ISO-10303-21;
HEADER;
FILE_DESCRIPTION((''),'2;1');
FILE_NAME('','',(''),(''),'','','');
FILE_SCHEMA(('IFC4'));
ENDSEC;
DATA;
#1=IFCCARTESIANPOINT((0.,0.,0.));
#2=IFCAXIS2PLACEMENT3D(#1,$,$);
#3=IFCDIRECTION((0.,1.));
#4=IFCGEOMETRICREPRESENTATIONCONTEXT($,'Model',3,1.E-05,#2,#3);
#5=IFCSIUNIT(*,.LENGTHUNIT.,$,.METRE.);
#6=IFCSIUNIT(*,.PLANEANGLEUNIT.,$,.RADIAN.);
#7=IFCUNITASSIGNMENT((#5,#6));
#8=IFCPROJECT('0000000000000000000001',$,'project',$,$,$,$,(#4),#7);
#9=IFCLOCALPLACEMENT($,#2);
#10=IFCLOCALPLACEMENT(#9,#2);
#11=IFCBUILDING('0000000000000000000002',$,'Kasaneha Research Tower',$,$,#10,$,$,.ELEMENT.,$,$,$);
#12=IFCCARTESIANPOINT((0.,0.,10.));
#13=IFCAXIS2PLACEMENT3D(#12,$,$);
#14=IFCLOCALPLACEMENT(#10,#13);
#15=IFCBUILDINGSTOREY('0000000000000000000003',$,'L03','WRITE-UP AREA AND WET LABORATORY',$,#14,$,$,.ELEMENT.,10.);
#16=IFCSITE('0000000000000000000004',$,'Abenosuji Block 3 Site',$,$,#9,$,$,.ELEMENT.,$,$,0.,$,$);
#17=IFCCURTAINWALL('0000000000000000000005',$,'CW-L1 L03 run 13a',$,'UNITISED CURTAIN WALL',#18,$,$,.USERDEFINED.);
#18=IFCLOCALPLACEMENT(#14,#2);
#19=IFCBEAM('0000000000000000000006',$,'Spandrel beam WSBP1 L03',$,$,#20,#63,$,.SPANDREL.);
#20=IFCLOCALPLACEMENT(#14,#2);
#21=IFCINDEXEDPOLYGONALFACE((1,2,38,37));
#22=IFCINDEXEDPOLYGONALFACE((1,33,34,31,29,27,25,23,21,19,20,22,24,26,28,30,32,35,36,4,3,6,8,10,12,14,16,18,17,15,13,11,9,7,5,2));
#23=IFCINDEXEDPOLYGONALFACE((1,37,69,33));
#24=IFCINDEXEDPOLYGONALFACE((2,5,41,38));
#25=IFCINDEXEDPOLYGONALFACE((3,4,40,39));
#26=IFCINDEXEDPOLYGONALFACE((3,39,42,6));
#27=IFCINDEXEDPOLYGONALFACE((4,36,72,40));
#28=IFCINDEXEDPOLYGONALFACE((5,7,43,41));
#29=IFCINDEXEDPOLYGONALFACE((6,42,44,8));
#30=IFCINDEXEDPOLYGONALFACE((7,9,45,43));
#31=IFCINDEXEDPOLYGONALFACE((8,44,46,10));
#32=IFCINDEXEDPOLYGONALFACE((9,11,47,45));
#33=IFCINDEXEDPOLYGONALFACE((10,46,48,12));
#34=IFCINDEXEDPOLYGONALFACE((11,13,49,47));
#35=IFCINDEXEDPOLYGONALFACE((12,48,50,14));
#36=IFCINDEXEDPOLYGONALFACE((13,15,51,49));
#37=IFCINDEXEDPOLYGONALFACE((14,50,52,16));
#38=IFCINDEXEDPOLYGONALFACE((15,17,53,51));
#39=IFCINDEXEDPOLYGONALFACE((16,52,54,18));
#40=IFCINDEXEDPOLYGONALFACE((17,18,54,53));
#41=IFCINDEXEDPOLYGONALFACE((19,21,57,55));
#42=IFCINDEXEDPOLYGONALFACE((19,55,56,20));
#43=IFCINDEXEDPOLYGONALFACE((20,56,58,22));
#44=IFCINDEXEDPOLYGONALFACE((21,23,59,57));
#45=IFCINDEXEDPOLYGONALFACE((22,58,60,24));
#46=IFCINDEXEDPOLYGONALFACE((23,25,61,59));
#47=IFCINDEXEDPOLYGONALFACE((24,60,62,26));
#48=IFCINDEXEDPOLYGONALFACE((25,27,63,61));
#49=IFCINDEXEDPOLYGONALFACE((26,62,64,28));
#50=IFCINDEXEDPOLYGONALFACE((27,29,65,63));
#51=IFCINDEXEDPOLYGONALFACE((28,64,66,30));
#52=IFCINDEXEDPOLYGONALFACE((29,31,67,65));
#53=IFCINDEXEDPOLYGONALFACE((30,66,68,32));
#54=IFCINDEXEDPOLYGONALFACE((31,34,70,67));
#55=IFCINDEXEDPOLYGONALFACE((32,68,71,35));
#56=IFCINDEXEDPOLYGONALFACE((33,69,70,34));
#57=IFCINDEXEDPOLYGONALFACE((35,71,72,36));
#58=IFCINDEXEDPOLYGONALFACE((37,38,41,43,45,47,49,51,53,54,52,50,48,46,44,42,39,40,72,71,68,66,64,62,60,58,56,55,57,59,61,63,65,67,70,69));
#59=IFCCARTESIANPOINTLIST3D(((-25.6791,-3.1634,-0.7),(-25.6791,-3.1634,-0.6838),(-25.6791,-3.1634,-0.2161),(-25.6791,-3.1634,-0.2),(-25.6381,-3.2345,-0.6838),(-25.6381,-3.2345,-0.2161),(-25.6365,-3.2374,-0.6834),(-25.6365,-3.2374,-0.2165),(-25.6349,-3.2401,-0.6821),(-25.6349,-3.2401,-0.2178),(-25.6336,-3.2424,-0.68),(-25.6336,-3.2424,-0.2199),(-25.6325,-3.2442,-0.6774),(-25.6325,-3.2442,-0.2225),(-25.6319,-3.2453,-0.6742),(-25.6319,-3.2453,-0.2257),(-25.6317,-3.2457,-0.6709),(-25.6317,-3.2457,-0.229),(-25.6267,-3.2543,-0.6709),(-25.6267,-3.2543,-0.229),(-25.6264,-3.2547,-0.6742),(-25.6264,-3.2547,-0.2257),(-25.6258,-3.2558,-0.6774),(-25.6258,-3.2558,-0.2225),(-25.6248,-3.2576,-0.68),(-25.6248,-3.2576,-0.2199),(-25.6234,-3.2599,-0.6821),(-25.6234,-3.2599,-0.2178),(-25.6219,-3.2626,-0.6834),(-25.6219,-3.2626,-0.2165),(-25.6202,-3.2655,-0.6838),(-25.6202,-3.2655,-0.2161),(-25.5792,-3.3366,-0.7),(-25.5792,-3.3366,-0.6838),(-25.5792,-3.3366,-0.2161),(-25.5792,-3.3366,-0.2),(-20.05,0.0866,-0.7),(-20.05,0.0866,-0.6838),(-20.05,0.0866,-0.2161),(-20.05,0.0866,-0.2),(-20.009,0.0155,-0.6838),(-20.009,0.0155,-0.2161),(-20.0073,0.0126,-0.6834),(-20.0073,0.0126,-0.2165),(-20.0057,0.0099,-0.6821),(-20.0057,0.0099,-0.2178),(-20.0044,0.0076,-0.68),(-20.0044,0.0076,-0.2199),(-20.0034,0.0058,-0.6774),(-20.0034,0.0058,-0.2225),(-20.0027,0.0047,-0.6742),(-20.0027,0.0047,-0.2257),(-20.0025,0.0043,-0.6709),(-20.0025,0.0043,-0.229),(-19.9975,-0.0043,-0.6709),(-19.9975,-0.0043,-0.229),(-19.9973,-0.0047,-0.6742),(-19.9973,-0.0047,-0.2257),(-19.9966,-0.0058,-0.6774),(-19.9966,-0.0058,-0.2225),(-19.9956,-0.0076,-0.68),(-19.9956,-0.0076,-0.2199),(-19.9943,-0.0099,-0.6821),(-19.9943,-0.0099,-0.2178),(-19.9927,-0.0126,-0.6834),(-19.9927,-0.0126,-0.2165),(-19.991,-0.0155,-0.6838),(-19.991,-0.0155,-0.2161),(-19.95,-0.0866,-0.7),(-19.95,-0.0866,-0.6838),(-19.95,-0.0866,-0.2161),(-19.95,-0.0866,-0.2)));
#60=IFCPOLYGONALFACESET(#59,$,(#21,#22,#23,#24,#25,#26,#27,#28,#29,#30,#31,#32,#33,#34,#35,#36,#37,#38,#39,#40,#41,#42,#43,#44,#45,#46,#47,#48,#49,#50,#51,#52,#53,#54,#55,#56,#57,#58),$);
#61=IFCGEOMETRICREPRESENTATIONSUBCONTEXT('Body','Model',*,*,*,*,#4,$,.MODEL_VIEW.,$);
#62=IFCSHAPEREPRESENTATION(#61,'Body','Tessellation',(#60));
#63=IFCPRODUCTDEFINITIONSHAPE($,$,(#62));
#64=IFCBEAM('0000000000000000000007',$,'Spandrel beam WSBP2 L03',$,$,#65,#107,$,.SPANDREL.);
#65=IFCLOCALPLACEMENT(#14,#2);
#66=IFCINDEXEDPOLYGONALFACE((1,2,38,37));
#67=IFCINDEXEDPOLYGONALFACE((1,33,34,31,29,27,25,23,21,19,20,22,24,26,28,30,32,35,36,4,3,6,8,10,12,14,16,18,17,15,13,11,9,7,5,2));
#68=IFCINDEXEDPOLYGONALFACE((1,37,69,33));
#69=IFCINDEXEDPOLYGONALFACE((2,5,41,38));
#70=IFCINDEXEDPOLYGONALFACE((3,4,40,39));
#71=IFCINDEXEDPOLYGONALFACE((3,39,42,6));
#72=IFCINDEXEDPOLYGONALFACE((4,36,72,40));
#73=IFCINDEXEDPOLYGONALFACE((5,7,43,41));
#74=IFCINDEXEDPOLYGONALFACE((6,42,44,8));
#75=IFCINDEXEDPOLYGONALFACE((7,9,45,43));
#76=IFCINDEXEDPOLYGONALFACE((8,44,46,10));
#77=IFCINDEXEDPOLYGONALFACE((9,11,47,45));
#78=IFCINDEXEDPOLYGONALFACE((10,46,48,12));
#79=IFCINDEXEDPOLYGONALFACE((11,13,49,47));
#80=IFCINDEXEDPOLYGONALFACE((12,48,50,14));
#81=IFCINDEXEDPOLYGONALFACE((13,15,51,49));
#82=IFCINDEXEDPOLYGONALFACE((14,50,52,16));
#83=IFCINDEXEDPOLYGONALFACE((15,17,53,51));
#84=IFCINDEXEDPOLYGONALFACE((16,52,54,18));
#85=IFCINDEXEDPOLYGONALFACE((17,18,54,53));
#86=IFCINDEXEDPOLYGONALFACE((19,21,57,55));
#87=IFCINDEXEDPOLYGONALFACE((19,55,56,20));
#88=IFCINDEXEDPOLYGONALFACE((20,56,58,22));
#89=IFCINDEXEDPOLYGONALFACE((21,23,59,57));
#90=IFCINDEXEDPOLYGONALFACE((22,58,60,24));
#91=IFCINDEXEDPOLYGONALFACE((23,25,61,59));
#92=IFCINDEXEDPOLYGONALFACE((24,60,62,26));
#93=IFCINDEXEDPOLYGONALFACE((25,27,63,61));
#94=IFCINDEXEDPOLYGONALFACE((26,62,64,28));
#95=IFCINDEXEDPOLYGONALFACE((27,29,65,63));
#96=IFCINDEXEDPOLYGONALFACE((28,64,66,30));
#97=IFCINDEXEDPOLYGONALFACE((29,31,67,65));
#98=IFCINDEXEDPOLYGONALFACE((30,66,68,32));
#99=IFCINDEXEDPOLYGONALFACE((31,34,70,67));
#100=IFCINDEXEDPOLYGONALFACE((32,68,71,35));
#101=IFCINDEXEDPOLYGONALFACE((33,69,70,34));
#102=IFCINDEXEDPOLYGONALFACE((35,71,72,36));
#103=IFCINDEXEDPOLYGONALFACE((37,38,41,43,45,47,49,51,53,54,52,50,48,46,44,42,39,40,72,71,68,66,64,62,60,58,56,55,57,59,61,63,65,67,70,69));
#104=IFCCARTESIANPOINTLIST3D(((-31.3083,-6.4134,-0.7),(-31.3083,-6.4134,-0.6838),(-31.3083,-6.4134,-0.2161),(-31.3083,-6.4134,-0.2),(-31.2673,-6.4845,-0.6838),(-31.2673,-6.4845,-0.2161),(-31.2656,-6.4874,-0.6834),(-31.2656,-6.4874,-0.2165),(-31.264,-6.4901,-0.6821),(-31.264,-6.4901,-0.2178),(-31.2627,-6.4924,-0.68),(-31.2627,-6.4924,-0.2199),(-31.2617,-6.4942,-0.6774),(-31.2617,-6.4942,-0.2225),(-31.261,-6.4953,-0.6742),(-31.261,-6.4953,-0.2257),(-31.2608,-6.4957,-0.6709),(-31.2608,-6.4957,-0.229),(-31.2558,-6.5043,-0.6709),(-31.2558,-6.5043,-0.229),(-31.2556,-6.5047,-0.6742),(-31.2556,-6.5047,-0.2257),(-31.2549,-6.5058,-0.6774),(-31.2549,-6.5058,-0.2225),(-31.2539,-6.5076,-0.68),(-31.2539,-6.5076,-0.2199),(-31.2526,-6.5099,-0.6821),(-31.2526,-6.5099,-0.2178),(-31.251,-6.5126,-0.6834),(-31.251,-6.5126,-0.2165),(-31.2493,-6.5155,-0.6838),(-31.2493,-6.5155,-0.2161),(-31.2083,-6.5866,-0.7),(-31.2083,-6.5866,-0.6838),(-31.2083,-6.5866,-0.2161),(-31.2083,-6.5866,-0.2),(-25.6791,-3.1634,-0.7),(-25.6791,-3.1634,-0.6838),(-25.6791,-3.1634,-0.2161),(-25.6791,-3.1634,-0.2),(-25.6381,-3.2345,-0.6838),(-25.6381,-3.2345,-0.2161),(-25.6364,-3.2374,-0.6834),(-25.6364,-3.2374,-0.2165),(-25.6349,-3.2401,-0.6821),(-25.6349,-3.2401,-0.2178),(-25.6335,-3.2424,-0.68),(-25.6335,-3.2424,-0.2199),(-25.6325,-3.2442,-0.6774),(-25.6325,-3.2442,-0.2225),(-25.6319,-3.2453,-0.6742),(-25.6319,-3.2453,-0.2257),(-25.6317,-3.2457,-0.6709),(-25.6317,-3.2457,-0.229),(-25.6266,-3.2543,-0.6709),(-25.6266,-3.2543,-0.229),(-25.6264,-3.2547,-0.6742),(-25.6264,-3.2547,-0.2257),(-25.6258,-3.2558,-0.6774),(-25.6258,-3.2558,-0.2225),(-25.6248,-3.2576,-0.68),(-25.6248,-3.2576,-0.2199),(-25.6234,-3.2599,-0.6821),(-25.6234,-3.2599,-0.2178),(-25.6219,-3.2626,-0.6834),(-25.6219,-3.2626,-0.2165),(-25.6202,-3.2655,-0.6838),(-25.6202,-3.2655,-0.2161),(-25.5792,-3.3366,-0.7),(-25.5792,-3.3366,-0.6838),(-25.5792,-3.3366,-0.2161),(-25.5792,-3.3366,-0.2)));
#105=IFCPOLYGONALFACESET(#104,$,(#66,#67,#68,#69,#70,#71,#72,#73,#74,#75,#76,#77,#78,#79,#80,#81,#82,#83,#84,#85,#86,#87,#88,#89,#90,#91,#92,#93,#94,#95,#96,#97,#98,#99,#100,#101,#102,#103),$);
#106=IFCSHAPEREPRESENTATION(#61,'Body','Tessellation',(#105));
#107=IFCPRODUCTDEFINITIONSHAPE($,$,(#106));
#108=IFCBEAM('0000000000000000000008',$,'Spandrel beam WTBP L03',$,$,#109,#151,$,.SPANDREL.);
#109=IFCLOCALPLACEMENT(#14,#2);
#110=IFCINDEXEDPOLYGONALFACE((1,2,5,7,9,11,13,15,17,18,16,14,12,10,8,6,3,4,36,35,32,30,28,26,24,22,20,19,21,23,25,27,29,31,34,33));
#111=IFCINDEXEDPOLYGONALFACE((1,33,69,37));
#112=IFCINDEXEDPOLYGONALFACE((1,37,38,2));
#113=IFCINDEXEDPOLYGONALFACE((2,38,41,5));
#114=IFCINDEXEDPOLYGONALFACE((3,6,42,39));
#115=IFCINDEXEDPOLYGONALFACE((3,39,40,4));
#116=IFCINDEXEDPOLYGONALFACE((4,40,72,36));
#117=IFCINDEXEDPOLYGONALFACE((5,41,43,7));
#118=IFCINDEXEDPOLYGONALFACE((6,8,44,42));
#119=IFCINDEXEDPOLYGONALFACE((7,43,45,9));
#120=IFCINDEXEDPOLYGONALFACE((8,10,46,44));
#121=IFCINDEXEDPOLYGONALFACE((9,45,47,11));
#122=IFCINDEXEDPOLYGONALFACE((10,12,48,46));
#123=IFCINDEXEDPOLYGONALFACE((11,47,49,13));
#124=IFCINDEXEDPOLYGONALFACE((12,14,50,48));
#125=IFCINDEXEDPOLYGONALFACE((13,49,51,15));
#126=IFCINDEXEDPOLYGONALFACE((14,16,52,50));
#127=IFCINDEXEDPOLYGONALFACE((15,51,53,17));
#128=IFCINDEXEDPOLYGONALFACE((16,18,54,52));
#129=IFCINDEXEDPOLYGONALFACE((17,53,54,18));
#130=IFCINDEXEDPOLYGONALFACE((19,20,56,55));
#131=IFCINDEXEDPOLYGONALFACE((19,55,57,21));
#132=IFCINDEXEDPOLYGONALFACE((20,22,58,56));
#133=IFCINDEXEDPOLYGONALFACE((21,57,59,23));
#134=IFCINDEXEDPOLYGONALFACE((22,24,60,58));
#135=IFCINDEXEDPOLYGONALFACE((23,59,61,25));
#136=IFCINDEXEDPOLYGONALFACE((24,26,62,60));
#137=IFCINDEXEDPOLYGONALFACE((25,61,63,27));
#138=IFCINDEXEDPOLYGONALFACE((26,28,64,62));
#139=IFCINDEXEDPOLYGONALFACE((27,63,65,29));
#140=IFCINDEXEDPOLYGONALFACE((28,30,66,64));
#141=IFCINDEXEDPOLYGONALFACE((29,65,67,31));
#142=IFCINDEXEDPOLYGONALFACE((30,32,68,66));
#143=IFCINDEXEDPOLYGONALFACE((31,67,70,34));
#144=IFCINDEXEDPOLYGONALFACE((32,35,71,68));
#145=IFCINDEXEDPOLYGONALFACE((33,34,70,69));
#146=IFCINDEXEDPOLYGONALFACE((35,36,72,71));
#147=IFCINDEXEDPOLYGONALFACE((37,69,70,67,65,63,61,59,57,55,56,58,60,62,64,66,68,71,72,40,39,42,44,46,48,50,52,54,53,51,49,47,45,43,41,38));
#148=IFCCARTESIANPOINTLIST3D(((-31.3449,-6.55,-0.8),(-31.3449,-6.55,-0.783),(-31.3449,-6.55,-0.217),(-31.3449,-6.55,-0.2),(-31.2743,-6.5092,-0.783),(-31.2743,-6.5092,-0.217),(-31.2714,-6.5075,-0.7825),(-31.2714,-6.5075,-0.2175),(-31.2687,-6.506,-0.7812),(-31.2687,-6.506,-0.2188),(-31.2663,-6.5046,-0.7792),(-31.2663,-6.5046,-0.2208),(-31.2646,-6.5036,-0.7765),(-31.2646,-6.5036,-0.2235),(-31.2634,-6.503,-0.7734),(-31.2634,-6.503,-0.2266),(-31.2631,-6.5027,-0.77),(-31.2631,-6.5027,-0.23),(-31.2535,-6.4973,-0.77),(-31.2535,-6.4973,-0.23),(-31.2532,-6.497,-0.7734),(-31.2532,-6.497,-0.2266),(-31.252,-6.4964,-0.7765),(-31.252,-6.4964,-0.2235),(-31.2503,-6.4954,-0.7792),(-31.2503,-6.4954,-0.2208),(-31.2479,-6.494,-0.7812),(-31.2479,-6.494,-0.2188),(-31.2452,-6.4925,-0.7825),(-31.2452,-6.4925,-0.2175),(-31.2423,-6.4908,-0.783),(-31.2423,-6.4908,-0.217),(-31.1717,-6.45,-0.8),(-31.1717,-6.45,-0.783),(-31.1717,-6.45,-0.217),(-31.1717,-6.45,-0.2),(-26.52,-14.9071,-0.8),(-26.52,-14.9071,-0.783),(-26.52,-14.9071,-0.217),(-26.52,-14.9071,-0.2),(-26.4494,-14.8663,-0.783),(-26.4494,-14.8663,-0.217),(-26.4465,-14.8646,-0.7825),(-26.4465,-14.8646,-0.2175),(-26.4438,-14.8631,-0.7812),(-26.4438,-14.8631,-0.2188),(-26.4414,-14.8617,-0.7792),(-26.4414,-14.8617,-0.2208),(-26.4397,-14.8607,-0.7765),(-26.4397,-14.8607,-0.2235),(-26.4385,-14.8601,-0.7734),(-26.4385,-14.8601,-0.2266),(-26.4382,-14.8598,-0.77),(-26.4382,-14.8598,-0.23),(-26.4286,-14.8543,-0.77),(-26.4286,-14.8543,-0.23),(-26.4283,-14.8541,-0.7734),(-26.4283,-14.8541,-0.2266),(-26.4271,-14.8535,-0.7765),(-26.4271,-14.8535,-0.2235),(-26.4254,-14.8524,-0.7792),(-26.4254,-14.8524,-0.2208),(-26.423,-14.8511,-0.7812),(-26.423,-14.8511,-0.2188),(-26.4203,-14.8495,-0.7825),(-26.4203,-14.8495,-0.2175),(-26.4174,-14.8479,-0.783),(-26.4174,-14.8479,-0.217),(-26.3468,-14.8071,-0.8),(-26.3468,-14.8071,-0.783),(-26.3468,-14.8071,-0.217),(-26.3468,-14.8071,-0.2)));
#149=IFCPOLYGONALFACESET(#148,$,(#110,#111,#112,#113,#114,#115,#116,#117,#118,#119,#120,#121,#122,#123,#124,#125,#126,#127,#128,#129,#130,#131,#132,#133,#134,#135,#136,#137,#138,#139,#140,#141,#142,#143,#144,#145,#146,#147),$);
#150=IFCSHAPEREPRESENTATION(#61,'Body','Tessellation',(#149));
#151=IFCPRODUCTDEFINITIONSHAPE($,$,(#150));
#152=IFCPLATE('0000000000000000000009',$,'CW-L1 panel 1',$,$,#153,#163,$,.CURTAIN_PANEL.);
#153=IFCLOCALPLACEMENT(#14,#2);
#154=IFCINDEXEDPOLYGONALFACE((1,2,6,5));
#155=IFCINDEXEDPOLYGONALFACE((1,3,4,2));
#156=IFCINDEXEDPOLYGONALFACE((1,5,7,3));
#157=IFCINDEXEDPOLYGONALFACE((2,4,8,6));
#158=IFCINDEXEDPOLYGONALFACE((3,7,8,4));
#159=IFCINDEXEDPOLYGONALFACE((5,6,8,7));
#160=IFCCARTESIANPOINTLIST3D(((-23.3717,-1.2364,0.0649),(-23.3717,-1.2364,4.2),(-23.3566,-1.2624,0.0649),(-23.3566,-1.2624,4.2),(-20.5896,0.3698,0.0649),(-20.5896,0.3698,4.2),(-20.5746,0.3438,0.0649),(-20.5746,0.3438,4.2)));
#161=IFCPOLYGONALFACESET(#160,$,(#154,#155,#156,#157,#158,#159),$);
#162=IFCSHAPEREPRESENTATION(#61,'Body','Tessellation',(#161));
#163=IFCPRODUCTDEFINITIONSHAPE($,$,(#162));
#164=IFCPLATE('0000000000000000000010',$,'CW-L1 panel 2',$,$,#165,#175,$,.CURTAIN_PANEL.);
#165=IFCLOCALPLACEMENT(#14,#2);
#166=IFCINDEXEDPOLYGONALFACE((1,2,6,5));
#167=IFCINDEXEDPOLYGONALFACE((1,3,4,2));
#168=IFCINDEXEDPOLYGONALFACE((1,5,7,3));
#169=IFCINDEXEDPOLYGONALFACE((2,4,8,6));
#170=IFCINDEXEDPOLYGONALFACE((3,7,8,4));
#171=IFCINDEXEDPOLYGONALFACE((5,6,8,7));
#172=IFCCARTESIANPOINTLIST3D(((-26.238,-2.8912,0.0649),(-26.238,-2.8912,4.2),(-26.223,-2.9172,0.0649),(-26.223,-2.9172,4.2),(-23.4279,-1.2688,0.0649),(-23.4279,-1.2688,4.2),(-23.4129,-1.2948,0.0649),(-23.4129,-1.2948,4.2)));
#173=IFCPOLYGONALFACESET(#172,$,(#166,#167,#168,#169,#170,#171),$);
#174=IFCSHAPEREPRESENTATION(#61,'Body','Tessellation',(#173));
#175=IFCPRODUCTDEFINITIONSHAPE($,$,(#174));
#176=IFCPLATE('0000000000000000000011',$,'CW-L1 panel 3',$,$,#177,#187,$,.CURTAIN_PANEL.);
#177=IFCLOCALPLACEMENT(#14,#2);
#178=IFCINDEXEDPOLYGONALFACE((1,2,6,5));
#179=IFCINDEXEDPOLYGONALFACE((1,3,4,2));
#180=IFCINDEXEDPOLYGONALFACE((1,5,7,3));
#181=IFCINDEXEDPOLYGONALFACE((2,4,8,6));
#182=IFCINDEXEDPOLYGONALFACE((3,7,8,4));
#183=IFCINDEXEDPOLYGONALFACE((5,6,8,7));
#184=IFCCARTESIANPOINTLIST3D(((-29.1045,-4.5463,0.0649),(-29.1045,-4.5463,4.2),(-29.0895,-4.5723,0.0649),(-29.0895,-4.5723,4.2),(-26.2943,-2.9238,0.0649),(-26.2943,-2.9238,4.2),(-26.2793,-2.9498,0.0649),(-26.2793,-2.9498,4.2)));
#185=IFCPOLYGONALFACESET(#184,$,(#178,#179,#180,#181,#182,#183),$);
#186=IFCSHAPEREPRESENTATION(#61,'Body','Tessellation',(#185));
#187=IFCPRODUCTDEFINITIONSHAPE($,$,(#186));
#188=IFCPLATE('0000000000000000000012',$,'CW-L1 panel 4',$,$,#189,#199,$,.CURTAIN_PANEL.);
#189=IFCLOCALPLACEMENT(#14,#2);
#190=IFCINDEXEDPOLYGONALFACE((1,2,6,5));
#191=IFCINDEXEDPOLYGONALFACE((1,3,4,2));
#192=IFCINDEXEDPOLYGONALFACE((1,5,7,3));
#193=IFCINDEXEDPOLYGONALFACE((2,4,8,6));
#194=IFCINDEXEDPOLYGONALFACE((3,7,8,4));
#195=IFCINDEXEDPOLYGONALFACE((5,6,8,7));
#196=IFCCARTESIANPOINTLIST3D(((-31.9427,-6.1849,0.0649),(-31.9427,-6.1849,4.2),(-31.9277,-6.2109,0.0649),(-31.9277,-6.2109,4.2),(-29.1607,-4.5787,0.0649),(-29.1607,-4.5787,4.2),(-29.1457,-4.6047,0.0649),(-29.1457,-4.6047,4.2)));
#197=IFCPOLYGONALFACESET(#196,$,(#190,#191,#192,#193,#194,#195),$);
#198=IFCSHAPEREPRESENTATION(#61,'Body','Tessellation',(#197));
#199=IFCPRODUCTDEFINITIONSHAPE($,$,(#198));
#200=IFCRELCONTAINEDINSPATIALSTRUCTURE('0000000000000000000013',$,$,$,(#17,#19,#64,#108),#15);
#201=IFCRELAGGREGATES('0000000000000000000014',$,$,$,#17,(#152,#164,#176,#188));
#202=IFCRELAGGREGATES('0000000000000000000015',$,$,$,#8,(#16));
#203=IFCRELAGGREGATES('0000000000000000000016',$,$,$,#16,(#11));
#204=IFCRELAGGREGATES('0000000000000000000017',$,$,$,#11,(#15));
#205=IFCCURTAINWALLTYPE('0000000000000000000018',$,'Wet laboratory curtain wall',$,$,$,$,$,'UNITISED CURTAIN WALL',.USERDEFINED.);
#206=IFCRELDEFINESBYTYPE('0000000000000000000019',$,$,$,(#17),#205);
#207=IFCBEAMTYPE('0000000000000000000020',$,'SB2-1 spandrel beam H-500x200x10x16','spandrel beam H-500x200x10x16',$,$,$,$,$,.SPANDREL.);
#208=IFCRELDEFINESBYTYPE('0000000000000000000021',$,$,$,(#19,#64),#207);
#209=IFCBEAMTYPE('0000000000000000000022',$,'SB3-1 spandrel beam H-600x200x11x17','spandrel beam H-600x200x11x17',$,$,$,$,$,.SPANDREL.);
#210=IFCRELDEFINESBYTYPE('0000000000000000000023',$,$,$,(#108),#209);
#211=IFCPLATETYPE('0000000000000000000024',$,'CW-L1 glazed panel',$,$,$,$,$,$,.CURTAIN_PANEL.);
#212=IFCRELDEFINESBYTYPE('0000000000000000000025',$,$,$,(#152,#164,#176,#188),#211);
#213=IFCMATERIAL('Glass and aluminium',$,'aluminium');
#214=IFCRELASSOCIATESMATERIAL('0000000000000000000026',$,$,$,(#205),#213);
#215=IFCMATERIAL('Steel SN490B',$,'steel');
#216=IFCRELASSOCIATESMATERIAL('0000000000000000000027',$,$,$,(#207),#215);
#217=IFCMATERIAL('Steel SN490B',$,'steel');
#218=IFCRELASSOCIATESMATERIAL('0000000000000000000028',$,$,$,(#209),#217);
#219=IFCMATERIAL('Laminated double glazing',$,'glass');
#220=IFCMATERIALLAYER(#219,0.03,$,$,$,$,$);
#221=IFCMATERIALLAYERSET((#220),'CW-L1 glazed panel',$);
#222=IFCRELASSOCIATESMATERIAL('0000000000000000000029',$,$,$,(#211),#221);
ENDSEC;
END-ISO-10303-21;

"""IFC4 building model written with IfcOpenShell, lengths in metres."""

from ifc_helpers import new_model, si_unit, direction, frame, origin, origin_2d, place, context, subcontext, project, spatial, rectangle, i_section, extrude, material, layer, layer_set, material_profile, profile_set, type_object, element, aggregate, save


model = new_model("IFC4")

# Units and contexts
model_context = context("Model", 3, precision=1e-05, world=origin(), true_north=direction((0.0, 1.0)))
body_context = subcontext(model_context, "Body", "Model", "MODEL_VIEW")
ifc_project = project(units=[si_unit("LENGTHUNIT", "METRE"), si_unit("PLANEANGLEUNIT", "RADIAN")], contexts=[model_context])

# Site, building, storey
site_placement = place(None, origin())
site = spatial("IfcSite", under=ifc_project, at=site_placement, Name="Abenosuji Block 3 Site", CompositionType="ELEMENT", RefElevation=0.0)
building_placement = place(site_placement, origin())
building = spatial("IfcBuilding", under=site, at=building_placement, Name="Kasaneha Research Tower", CompositionType="ELEMENT")
storey_placement = place(building_placement, frame((0.0, 0.0, 10.0)))
storey = spatial("IfcBuildingStorey", under=building, at=storey_placement, Name="L03", Description="WRITE-UP AREA AND WET LABORATORY", CompositionType="ELEMENT", Elevation=10.0)

# Curtain wall
ifc_material_1 = material(Name="Glass and aluminium", Category="aluminium")
curtain_wall_type = type_object("IfcCurtainWallType", Name="Wet laboratory curtain wall", ElementType="UNITISED CURTAIN WALL", PredefinedType="USERDEFINED", material=ifc_material_1)
curtain_wall_1_placement = place(storey_placement, origin())
curtain_wall_1 = element("IfcCurtainWall", 1, at=curtain_wall_1_placement, inside=storey, type_object=curtain_wall_type, Name="CW-L1 L03 run 13a", ObjectType="UNITISED CURTAIN WALL", PredefinedType="USERDEFINED")

# Beams
ifc_material_2 = material(Name="Steel SN490B", Category="steel")
ifc_material_profile_1 = material_profile(ifc_material_2, i_section(OverallWidth=0.2, OverallDepth=0.5, WebThickness=0.01, FlangeThickness=0.0161, FilletRadius=0.0129, at=origin_2d()), Name="H-500x200x10x16")
ifc_profile_set_1 = profile_set([ifc_material_profile_1], Name="Steel SN490B")
beam_type_1 = type_object("IfcBeamType", Name="SB2-1 spandrel beam H-500x200x10x16", Description="spandrel beam H-500x200x10x16", PredefinedType="SPANDREL", material=ifc_profile_set_1)
for number, where, z_axis, x_axis, name in (
    (2, (-20.0, 0.0, -0.45), (-0.866025, -0.500001, 0.0), (0.500001, -0.866025, 0.0), "Spandrel beam WSBP1 L03"),
    (3, (-25.6292, -3.25, -0.45), (-0.866025, -0.500001, 0.0), (0.500001, -0.866025, 0.0), "Spandrel beam WSBP2 L03"),
):
    element("IfcBeam", number, at=place(storey_placement, frame(where, z_axis=z_axis, x_axis=x_axis)), inside=storey, type_object=beam_type_1, Name=name, PredefinedType="SPANDREL", context=body_context, shape_type="SweptSolid", body=[
        extrude(i_section(OverallWidth=0.2, OverallDepth=0.5, WebThickness=0.01, FlangeThickness=0.0161, FilletRadius=0.0129, at=origin_2d()), origin(), (0.0, 0.0, 1.0), 6.5),
    ])
ifc_material_3 = material(Name="Steel SN490B", Category="steel")
ifc_material_profile_2 = material_profile(ifc_material_3, i_section(OverallWidth=0.2, OverallDepth=0.6001, WebThickness=0.011, FlangeThickness=0.0171, FilletRadius=0.0129, at=origin_2d()), Name="H-600x200x11x17")
ifc_profile_set_2 = profile_set([ifc_material_profile_2], Name="Steel SN490B")
beam_type_2 = type_object("IfcBeamType", Name="SB3-1 spandrel beam H-600x200x11x17", Description="spandrel beam H-600x200x11x17", PredefinedType="SPANDREL", material=ifc_profile_set_2)
beam_1_placement = place(storey_placement, frame((-31.2583, -6.5, -0.5), z_axis=(0.499995, -0.866028, 0.0), x_axis=(0.866028, 0.499995, 0.0)))
element("IfcBeam", 4, at=beam_1_placement, inside=storey, type_object=beam_type_2, Name="Spandrel beam WTBP L03", PredefinedType="SPANDREL", context=body_context, shape_type="SweptSolid", body=[
    extrude(i_section(OverallWidth=0.2, OverallDepth=0.6001, WebThickness=0.011, FlangeThickness=0.0171, FilletRadius=0.0129, at=origin_2d()), origin(), (0.0, 0.0, 1.0), 9.6499),
])

# Plates
ifc_material_4 = material(Name="Laminated double glazing", Category="glass")
ifc_layer_1 = layer(ifc_material_4, 0.03)
ifc_layer_set_1 = layer_set([ifc_layer_1], Name="CW-L1 glazed panel")
plate_type = type_object("IfcPlateType", Name="CW-L1 glazed panel", PredefinedType="CURTAIN_PANEL", material=ifc_layer_set_1)
plate_1_placement = place(storey_placement, frame((-21.9731, -0.4463, 0.0649), z_axis=(0.0, 0.0, 1.0), x_axis=(-0.866025, -0.5, 0.0)))
plate_1 = element("IfcPlate", 5, at=plate_1_placement, type_object=plate_type, Name="CW-L1 panel 1", PredefinedType="CURTAIN_PANEL", context=body_context, shape_type="SweptSolid", body=[
    extrude(rectangle(XDim=3.2124, YDim=0.03, at=origin_2d()), origin(), (0.0, 0.0, 1.0), 4.135),
])
plate_2_placement = place(storey_placement, frame((-24.8254, -2.093, 0.0649), z_axis=(0.0, 0.0, 1.0), x_axis=(-0.866025, -0.5, 0.0)))
plate_2 = element("IfcPlate", 6, at=plate_2_placement, type_object=plate_type, Name="CW-L1 panel 2", PredefinedType="CURTAIN_PANEL", context=body_context, shape_type="SweptSolid", body=[
    extrude(rectangle(XDim=3.2449, YDim=0.03, at=origin_2d()), origin(), (0.0, 0.0, 1.0), 4.135),
])
plate_3_placement = place(storey_placement, frame((-27.6919, -3.748, 0.0649), z_axis=(0.0, 0.0, 1.0), x_axis=(-0.866025, -0.5, 0.0)))
plate_3 = element("IfcPlate", 7, at=plate_3_placement, type_object=plate_type, Name="CW-L1 panel 3", PredefinedType="CURTAIN_PANEL", context=body_context, shape_type="SweptSolid", body=[
    extrude(rectangle(XDim=3.2449, YDim=0.03, at=origin_2d()), origin(), (0.0, 0.0, 1.0), 4.135),
])
plate_4_placement = place(storey_placement, frame((-30.5442, -5.3948, 0.0649), z_axis=(0.0, 0.0, 1.0), x_axis=(-0.866025, -0.5, 0.0)))
plate_4 = element("IfcPlate", 8, at=plate_4_placement, type_object=plate_type, Name="CW-L1 panel 4", PredefinedType="CURTAIN_PANEL", context=body_context, shape_type="SweptSolid", body=[
    extrude(rectangle(XDim=3.2124, YDim=0.03, at=origin_2d()), origin(), (0.0, 0.0, 1.0), 4.135),
])
aggregate(curtain_wall_1, [plate_1, plate_2, plate_3, plate_4])

save(model, "model.ifc")
